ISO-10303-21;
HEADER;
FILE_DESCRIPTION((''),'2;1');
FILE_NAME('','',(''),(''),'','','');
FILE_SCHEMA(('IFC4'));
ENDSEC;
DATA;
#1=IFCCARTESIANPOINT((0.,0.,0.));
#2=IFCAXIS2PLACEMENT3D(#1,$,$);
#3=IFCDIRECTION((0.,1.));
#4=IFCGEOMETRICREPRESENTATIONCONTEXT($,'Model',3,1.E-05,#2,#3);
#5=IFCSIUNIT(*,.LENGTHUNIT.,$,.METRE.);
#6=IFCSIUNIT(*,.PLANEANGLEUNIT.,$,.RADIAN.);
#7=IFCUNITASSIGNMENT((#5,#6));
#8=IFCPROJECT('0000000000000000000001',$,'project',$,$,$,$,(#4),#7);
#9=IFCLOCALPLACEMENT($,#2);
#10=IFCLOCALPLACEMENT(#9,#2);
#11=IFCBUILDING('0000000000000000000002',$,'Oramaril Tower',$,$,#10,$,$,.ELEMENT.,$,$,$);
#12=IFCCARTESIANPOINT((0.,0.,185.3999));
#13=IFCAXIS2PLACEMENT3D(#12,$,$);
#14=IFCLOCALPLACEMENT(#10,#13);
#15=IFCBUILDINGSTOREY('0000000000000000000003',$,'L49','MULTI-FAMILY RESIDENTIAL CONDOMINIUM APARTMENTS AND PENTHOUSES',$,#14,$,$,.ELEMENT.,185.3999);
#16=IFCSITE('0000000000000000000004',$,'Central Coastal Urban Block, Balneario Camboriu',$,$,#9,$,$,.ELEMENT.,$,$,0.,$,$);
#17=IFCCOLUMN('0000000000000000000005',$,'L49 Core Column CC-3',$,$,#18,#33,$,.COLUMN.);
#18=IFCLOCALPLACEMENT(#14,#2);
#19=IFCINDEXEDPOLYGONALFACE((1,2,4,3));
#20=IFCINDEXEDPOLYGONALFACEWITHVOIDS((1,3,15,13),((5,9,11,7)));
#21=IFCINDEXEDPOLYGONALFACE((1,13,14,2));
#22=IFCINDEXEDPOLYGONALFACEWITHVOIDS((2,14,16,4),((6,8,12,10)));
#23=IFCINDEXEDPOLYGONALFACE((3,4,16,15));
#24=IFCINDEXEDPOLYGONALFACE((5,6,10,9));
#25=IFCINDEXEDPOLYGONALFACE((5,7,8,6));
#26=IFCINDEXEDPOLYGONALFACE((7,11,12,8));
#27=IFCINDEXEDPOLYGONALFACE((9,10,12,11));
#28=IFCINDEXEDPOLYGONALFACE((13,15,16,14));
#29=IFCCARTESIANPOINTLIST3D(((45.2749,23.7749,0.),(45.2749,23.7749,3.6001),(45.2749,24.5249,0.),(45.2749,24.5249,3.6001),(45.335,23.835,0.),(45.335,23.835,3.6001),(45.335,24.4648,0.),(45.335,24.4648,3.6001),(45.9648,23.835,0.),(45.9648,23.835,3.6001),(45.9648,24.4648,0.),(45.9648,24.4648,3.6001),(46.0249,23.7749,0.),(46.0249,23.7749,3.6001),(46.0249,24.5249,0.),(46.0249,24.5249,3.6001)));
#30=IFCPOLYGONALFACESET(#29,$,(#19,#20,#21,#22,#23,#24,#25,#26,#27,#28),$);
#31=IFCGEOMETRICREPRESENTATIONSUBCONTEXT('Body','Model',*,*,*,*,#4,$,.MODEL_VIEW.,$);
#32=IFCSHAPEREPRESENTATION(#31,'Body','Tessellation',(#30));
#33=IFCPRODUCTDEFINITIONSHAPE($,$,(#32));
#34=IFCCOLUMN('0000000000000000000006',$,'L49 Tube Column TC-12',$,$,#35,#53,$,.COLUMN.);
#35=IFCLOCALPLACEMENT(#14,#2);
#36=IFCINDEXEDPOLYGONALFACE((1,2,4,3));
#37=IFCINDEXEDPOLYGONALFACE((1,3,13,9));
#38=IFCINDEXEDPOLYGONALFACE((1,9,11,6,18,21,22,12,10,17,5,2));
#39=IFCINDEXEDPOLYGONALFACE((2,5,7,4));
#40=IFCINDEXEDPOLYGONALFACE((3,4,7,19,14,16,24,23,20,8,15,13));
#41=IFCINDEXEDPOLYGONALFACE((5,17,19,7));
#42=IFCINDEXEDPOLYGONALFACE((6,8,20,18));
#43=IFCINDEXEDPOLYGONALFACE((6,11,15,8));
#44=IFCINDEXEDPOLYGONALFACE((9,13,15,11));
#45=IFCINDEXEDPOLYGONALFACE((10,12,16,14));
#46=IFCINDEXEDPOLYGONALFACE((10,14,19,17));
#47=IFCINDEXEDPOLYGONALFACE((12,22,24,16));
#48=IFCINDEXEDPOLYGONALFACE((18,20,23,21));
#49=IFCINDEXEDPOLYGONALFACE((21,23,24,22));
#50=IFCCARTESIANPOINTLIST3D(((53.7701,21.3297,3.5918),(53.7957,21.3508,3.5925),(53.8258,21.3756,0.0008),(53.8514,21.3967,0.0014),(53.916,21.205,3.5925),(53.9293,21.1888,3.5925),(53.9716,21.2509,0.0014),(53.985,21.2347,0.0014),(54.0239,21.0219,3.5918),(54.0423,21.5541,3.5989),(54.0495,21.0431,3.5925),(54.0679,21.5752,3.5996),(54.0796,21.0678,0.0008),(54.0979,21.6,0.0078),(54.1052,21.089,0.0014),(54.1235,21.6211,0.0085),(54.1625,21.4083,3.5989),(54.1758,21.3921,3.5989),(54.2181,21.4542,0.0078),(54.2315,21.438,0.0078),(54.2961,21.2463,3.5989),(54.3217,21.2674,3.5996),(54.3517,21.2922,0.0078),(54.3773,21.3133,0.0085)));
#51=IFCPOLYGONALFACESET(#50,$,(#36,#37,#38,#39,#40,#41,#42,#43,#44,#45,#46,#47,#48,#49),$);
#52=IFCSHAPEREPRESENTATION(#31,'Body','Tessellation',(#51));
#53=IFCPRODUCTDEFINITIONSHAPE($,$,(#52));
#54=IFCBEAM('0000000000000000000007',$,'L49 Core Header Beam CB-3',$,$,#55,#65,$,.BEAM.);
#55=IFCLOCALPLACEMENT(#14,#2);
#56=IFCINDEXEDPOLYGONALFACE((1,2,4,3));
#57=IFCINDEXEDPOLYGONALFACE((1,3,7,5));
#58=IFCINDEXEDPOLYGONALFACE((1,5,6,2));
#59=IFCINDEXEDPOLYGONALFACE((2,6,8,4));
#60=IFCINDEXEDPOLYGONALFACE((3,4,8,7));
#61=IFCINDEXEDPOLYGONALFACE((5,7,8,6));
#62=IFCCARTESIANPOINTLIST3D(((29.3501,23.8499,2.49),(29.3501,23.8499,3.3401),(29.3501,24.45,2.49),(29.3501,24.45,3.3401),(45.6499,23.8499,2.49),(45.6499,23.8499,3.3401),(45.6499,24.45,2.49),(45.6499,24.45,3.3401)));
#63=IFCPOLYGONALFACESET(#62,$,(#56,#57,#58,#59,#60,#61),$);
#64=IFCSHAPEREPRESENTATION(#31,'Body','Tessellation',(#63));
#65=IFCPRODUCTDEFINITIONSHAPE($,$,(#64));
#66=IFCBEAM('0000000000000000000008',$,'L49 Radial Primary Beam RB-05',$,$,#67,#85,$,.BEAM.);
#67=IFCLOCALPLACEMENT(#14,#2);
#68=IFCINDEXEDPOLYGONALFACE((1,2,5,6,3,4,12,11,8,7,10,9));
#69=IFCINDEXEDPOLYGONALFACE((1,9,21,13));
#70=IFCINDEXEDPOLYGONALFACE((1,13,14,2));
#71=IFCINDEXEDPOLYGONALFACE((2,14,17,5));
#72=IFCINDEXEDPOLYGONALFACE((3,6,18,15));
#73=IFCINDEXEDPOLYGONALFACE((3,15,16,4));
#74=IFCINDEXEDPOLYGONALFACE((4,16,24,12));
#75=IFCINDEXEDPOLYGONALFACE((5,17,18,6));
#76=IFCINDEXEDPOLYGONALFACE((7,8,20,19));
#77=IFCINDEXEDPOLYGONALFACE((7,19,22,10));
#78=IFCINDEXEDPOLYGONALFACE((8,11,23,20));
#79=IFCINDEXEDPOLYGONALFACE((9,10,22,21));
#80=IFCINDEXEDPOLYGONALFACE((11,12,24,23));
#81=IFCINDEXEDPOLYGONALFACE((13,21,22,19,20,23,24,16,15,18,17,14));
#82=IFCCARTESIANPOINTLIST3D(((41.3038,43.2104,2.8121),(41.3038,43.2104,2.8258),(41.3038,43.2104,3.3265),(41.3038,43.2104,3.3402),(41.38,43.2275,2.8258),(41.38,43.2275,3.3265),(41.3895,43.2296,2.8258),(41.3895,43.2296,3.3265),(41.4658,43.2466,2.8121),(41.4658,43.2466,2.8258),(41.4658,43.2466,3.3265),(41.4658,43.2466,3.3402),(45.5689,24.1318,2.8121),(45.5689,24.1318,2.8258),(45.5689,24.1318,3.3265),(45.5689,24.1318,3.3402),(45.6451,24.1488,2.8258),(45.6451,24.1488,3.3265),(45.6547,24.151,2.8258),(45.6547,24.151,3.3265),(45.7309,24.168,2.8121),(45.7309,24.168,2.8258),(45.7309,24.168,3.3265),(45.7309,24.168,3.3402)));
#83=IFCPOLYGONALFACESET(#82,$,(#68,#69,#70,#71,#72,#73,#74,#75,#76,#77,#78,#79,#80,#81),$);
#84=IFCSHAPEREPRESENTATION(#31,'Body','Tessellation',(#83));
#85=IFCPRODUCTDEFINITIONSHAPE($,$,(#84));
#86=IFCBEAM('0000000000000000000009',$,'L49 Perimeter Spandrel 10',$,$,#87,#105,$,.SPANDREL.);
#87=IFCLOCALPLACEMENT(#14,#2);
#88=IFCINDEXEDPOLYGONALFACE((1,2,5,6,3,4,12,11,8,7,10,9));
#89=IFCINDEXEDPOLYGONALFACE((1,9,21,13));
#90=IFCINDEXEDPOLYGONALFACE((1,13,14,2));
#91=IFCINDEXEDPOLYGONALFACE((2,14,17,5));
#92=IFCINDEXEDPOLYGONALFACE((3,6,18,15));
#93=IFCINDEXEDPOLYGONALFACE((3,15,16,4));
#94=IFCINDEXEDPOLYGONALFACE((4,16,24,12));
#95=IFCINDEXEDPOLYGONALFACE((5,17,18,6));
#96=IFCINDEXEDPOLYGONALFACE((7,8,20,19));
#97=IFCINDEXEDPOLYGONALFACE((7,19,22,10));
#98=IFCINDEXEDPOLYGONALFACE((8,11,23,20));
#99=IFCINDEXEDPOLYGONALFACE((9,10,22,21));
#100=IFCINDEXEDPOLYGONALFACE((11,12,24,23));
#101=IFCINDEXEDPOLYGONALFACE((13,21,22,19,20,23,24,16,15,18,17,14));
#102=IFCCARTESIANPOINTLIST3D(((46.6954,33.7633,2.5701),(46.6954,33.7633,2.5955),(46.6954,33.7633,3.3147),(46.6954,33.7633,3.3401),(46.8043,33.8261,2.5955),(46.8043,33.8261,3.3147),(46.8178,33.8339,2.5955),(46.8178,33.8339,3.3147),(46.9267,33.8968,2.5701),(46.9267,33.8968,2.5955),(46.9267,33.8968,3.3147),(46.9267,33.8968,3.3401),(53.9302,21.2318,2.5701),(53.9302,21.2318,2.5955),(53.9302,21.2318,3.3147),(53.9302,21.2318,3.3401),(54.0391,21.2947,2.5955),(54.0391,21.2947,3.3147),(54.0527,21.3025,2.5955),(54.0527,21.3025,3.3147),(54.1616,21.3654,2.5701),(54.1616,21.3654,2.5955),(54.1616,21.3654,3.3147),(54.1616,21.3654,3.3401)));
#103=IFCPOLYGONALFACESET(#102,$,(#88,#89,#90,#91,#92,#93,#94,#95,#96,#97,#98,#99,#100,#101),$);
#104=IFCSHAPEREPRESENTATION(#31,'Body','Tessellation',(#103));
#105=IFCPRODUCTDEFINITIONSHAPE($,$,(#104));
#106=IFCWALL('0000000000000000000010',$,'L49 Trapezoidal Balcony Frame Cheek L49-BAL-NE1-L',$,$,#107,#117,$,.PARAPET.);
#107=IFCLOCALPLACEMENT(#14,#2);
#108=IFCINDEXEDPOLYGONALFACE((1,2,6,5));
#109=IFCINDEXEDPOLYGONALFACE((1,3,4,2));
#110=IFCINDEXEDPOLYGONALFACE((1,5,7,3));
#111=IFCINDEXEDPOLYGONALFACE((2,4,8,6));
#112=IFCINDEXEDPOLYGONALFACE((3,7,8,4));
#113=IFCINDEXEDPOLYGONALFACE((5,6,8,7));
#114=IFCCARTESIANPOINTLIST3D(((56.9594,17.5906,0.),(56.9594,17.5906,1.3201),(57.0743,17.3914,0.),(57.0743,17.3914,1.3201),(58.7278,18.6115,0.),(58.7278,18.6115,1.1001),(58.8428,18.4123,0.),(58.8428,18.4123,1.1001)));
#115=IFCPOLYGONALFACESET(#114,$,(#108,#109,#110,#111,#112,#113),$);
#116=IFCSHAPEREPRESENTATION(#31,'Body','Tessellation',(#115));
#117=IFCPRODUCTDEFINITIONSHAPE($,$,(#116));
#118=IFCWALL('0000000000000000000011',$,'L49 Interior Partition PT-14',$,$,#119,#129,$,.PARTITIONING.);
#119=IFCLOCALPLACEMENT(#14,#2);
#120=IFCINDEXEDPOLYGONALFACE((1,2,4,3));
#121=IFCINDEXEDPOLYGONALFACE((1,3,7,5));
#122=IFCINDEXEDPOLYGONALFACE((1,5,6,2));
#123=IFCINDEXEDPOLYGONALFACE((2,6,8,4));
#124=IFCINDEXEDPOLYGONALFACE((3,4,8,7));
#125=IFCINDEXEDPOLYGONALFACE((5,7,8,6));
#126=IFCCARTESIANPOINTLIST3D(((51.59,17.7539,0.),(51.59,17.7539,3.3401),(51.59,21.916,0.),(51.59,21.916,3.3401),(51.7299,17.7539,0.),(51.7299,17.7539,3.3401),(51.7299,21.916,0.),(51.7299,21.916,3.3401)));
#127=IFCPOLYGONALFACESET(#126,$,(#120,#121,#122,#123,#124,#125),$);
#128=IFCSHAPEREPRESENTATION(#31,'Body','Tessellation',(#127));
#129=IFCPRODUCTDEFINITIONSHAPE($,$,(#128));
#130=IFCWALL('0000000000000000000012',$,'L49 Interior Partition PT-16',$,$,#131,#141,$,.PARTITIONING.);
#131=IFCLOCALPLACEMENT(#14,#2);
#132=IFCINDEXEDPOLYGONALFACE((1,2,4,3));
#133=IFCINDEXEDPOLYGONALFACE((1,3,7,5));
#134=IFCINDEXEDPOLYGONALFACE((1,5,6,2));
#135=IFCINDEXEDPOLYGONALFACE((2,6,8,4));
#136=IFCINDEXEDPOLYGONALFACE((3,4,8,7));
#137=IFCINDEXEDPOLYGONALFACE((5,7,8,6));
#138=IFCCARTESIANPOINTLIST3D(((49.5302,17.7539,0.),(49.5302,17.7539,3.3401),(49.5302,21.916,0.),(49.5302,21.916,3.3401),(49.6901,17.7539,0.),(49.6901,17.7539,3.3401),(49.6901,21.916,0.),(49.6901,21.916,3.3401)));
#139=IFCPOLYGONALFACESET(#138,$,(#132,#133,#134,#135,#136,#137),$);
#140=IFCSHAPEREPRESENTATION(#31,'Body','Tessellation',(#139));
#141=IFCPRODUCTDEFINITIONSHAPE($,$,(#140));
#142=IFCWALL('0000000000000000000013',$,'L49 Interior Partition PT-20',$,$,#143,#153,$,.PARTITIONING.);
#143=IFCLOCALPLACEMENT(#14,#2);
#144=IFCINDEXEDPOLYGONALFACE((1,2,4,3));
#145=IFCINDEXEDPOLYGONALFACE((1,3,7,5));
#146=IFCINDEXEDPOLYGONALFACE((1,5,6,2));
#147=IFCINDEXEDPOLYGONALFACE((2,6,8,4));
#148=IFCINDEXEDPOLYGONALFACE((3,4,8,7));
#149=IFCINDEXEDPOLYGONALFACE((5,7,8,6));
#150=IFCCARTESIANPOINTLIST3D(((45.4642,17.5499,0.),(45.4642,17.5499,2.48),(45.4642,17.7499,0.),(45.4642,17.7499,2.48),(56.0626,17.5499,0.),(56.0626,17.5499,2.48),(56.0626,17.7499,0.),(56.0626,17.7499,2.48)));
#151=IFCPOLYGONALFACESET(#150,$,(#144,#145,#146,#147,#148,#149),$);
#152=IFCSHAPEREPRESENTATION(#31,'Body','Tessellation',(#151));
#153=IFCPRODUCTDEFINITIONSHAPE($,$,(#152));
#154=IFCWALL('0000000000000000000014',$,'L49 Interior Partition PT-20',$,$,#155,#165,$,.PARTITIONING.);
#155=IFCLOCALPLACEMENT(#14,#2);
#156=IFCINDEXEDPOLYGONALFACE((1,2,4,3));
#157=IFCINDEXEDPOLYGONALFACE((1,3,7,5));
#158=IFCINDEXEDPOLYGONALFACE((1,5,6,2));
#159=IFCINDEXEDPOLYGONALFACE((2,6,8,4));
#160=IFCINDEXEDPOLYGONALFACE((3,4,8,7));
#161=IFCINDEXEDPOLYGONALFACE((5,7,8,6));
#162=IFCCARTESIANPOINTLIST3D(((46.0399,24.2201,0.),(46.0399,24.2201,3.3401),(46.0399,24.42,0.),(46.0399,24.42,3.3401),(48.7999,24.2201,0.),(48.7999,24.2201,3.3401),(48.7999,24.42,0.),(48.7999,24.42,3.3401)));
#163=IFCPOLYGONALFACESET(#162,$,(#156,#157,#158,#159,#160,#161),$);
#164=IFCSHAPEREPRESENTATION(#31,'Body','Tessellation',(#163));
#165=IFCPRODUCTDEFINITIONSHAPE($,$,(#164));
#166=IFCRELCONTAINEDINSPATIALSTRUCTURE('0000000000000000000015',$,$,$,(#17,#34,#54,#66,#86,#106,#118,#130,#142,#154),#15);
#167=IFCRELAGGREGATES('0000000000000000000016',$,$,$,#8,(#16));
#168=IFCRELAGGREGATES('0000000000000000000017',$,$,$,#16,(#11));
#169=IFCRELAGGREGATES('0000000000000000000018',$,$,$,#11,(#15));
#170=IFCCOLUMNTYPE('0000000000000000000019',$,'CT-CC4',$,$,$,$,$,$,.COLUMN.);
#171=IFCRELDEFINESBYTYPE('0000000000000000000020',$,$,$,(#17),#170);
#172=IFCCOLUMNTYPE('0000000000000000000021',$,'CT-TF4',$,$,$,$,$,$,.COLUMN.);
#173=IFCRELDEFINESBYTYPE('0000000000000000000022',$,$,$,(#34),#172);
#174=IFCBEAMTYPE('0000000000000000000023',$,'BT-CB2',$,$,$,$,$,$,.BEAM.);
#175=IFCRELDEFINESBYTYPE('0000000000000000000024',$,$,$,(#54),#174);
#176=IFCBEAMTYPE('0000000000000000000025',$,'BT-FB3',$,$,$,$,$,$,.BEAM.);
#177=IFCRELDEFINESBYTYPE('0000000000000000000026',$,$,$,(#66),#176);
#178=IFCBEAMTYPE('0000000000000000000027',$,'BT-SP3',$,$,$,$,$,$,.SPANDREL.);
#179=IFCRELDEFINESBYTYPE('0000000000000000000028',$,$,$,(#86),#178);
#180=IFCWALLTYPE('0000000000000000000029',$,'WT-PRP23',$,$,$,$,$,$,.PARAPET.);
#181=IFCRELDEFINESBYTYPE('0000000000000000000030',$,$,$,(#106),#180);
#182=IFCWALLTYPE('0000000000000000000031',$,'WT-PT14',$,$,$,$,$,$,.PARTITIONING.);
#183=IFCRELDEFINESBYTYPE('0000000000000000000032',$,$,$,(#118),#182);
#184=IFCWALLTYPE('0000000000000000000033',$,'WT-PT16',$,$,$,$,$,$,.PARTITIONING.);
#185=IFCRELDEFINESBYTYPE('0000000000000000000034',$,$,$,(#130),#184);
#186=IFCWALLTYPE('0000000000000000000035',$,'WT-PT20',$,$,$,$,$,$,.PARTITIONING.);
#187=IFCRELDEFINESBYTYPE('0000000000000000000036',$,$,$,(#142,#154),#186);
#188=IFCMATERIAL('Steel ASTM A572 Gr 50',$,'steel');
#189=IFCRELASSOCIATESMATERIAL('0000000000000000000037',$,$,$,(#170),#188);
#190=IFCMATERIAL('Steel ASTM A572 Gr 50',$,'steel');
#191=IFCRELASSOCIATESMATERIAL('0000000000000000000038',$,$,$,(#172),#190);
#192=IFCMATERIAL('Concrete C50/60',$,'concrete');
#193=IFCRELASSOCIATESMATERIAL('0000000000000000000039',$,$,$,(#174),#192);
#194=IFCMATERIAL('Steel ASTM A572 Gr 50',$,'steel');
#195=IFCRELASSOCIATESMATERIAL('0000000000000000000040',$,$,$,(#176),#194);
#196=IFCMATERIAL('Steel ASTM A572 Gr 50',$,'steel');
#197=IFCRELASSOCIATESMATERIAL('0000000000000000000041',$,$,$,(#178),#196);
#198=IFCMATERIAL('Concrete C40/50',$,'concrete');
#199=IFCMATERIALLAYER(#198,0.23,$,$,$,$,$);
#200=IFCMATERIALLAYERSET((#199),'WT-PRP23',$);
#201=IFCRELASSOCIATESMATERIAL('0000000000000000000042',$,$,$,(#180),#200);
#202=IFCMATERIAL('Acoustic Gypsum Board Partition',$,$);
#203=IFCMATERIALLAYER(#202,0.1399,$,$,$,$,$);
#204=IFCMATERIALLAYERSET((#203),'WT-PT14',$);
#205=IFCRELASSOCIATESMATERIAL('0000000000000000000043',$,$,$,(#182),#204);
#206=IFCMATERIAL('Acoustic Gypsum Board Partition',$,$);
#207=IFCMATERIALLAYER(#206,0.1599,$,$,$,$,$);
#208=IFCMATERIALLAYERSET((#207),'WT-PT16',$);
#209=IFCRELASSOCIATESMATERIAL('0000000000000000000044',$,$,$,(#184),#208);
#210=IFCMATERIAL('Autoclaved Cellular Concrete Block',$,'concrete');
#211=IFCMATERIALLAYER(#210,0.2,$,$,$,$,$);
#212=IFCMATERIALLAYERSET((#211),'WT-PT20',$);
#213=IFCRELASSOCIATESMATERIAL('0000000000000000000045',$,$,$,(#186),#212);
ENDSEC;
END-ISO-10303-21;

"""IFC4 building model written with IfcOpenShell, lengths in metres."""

from ifc_helpers import new_model, si_unit, direction, frame, frame_2d, origin, origin_2d, place, context, subcontext, project, spatial, polyline, rectangle, hollow_rectangle, i_section, outline, extrude, material, layer, layer_set, material_profile, profile_set, type_object, element, save


model = new_model("IFC4")

# Units and contexts
model_context = context("Model", 3, precision=1e-05, world=origin(), true_north=direction((0.0, 1.0)))
body_context = subcontext(model_context, "Body", "Model", "MODEL_VIEW")
ifc_project = project(units=[si_unit("LENGTHUNIT", "METRE"), si_unit("PLANEANGLEUNIT", "RADIAN")], contexts=[model_context])

# Site, building, storey
site_placement = place(None, origin())
site = spatial("IfcSite", under=ifc_project, at=site_placement, Name="Central Coastal Urban Block, Balneario Camboriu", CompositionType="ELEMENT", RefElevation=0.0)
building_placement = place(site_placement, origin())
building = spatial("IfcBuilding", under=site, at=building_placement, Name="Oramaril Tower", CompositionType="ELEMENT")
storey_placement = place(building_placement, frame((0.0, 0.0, 185.3999)))
storey = spatial("IfcBuildingStorey", under=building, at=storey_placement, Name="L49", Description="MULTI-FAMILY RESIDENTIAL CONDOMINIUM APARTMENTS AND PENTHOUSES", CompositionType="ELEMENT", Elevation=185.3999)

# Columns
ifc_material_1 = material(Name="Steel ASTM A572 Gr 50", Category="steel")
ifc_material_profile_1 = material_profile(ifc_material_1, hollow_rectangle(XDim=0.75, YDim=0.75, WallThickness=0.0601, at=origin_2d()), Name="BOX750X750X60")
ifc_profile_set_1 = profile_set([ifc_material_profile_1], Name="Steel ASTM A572 Gr 50")
column_type_1 = type_object("IfcColumnType", Name="CT-CC4", PredefinedType="COLUMN", material=ifc_profile_set_1)
column_1_placement = place(storey_placement, frame((45.6499, 24.1499, 0.0), z_axis=(0.0, 0.0, 1.0), x_axis=(1.0, 0.0, 0.0)))
element("IfcColumn", 1, at=column_1_placement, inside=storey, type_object=column_type_1, Name="L49 Core Column CC-3", PredefinedType="COLUMN", context=body_context, shape_type="SweptSolid", body=[
    extrude(hollow_rectangle(XDim=0.75, YDim=0.75, WallThickness=0.0601, at=origin_2d()), origin(), (0.0, 0.0, 1.0), 3.6001),
])
ifc_material_2 = material(Name="Steel ASTM A572 Gr 50", Category="steel")
ifc_material_profile_2 = material_profile(ifc_material_2, i_section(OverallWidth=0.3989, OverallDepth=0.386, WebThickness=0.021, FlangeThickness=0.0332, at=origin_2d()), Name="W14X176")
ifc_profile_set_2 = profile_set([ifc_material_profile_2], Name="Steel ASTM A572 Gr 50")
column_type_2 = type_object("IfcColumnType", Name="CT-TF4", PredefinedType="COLUMN", material=ifc_profile_set_2)
column_2_placement = place(storey_placement, frame((54.1016, 21.3445, 0.0046), z_axis=(-0.015498, -0.012779, 0.999798), x_axis=(0.636182, -0.771539, 0.0)))
element("IfcColumn", 2, at=column_2_placement, inside=storey, type_object=column_type_2, Name="L49 Tube Column TC-12", PredefinedType="COLUMN", context=body_context, shape_type="SweptSolid", body=[
    extrude(i_section(OverallWidth=0.3989, OverallDepth=0.386, WebThickness=0.021, FlangeThickness=0.0332, at=origin_2d()), origin(), (0.0, 0.0, 1.0), 3.5918),
])

# Beams
ifc_material_3 = material(Name="Concrete C50/60", Category="concrete")
ifc_material_profile_3 = material_profile(ifc_material_3, rectangle(XDim=0.6001, YDim=0.8501, at=origin_2d()), Name="CB600X850")
ifc_profile_set_3 = profile_set([ifc_material_profile_3], Name="Concrete C50/60")
beam_type_1 = type_object("IfcBeamType", Name="BT-CB2", PredefinedType="BEAM", material=ifc_profile_set_3)
beam_1_placement = place(storey_placement, frame((45.6499, 24.1499, 2.915), z_axis=(-1.0, 0.0, 0.0), x_axis=(0.0, -1.0, 0.0)))
element("IfcBeam", 3, at=beam_1_placement, inside=storey, type_object=beam_type_1, Name="L49 Core Header Beam CB-3", PredefinedType="BEAM", context=body_context, shape_type="SweptSolid", body=[
    extrude(rectangle(XDim=0.6001, YDim=0.8501, at=origin_2d()), origin(), (0.0, 0.0, 1.0), 16.2998),
])
ifc_material_4 = material(Name="Steel ASTM A572 Gr 50", Category="steel")
ifc_material_profile_4 = material_profile(ifc_material_4, i_section(OverallWidth=0.166, OverallDepth=0.5281, WebThickness=0.0098, FlangeThickness=0.0137, at=origin_2d()), Name="W21X50")
ifc_profile_set_4 = profile_set([ifc_material_profile_4], Name="Steel ASTM A572 Gr 50")
beam_type_2 = type_object("IfcBeamType", Name="BT-FB3", PredefinedType="BEAM", material=ifc_profile_set_4)
beam_2_placement = place(storey_placement, frame((45.6499, 24.1499, 3.0762), z_axis=(-0.218171, 0.975911, 0.0), x_axis=(-0.975911, -0.218171, 0.0)))
element("IfcBeam", 4, at=beam_2_placement, inside=storey, type_object=beam_type_2, Name="L49 Radial Primary Beam RB-05", PredefinedType="BEAM", context=body_context, shape_type="SweptSolid", body=[
    extrude(i_section(OverallWidth=0.166, OverallDepth=0.5281, WebThickness=0.0098, FlangeThickness=0.0137, at=origin_2d()), origin(), (0.0, 0.0, 1.0), 19.5496),
])
ifc_material_5 = material(Name="Steel ASTM A572 Gr 50", Category="steel")
ifc_material_profile_5 = material_profile(ifc_material_5, i_section(OverallWidth=0.2671, OverallDepth=0.77, WebThickness=0.0156, FlangeThickness=0.0254, at=origin_2d()), Name="W30X132")
ifc_profile_set_5 = profile_set([ifc_material_profile_5], Name="Steel ASTM A572 Gr 50")
beam_type_3 = type_object("IfcBeamType", Name="BT-SP3", PredefinedType="SPANDREL", material=ifc_profile_set_5)
beam_3_placement = place(storey_placement, frame((54.0459, 21.2986, 2.9551), z_axis=(-0.49999, 0.866031, 0.0), x_axis=(-0.866031, -0.49999, 0.0)))
element("IfcBeam", 5, at=beam_3_placement, inside=storey, type_object=beam_type_3, Name="L49 Perimeter Spandrel 10", PredefinedType="SPANDREL", context=body_context, shape_type="SweptSolid", body=[
    extrude(i_section(OverallWidth=0.2671, OverallDepth=0.77, WebThickness=0.0156, FlangeThickness=0.0254, at=origin_2d()), origin(), (0.0, 0.0, 1.0), 14.47),
])

# Walls
ifc_material_6 = material(Name="Concrete C40/50", Category="concrete")
ifc_layer_1 = layer(ifc_material_6, 0.23)
ifc_layer_set_1 = layer_set([ifc_layer_1], Name="WT-PRP23")
wall_type_1 = type_object("IfcWallType", Name="WT-PRP23", PredefinedType="PARAPET", material=ifc_layer_set_1)
wall_1_placement = place(storey_placement, frame((57.0168, 17.491, 0.0), z_axis=(0.0, 0.0, 1.0), x_axis=(0.866042, 0.499971, 0.0)))
element("IfcWall", 6, at=wall_1_placement, inside=storey, type_object=wall_type_1, Name="L49 Trapezoidal Balcony Frame Cheek L49-BAL-NE1-L", PredefinedType="PARAPET", context=body_context, shape_type="SweptSolid", body=[
    extrude(outline(polyline([(0.0, 0.0), (2.042, 0.0), (2.042, 1.1001), (0.0, 1.3201), (0.0, 0.0)])), frame((0.0, 0.115, 0.0), z_axis=(0.0, -1.0, 0.0), x_axis=(1.0, 0.0, 0.0)), (0.0, 0.0, 1.0), 0.23),
])
ifc_material_7 = material(Name="Acoustic Gypsum Board Partition")
ifc_layer_2 = layer(ifc_material_7, 0.1399)
ifc_layer_set_2 = layer_set([ifc_layer_2], Name="WT-PT14")
wall_type_2 = type_object("IfcWallType", Name="WT-PT14", PredefinedType="PARTITIONING", material=ifc_layer_set_2)
wall_2_placement = place(storey_placement, frame((51.6599, 17.7539, 0.0), z_axis=(0.0, 0.0, 1.0), x_axis=(0.0, 1.0, 0.0)))
element("IfcWall", 7, at=wall_2_placement, inside=storey, type_object=wall_type_2, Name="L49 Interior Partition PT-14", PredefinedType="PARTITIONING", context=body_context, shape_type="SweptSolid", body=[
    extrude(rectangle(XDim=4.1621, YDim=0.1399, at=frame_2d((2.0811, 0.0))), origin(), (0.0, 0.0, 1.0), 3.3401),
])

# Shared definitions
ifc_material_8 = material(Name="Acoustic Gypsum Board Partition")
ifc_layer_3 = layer(ifc_material_8, 0.1599)
ifc_layer_set_3 = layer_set([ifc_layer_3], Name="WT-PT16")
wall_type_3 = type_object("IfcWallType", Name="WT-PT16", PredefinedType="PARTITIONING", material=ifc_layer_set_3)

# Walls
wall_3_placement = place(storey_placement, frame((49.6101, 17.7539, 0.0), z_axis=(0.0, 0.0, 1.0), x_axis=(0.0, 1.0, 0.0)))
element("IfcWall", 8, at=wall_3_placement, inside=storey, type_object=wall_type_3, Name="L49 Interior Partition PT-16", PredefinedType="PARTITIONING", context=body_context, shape_type="SweptSolid", body=[
    extrude(rectangle(XDim=4.1621, YDim=0.1599, at=frame_2d((2.0811, 0.0))), origin(), (0.0, 0.0, 1.0), 3.3401),
])
ifc_material_9 = material(Name="Autoclaved Cellular Concrete Block", Category="concrete")
ifc_layer_4 = layer(ifc_material_9, 0.2)
ifc_layer_set_4 = layer_set([ifc_layer_4], Name="WT-PT20")
wall_type_4 = type_object("IfcWallType", Name="WT-PT20", PredefinedType="PARTITIONING", material=ifc_layer_set_4)
wall_4_placement = place(storey_placement, frame((45.4641, 17.6499, 0.0), z_axis=(0.0, 0.0, 1.0), x_axis=(1.0, 0.0, 0.0)))
element("IfcWall", 9, at=wall_4_placement, inside=storey, type_object=wall_type_4, Name="L49 Interior Partition PT-20", PredefinedType="PARTITIONING", context=body_context, shape_type="SweptSolid", body=[
    extrude(rectangle(XDim=10.5984, YDim=0.2, at=frame_2d((5.2993, 0.0))), origin(), (0.0, 0.0, 1.0), 2.48),
])
wall_5_placement = place(storey_placement, frame((46.04, 24.3201, 0.0), z_axis=(0.0, 0.0, 1.0), x_axis=(1.0, 0.0, 0.0)))
element("IfcWall", 10, at=wall_5_placement, inside=storey, type_object=wall_type_4, Name="L49 Interior Partition PT-20", PredefinedType="PARTITIONING", context=body_context, shape_type="SweptSolid", body=[
    extrude(rectangle(XDim=2.76, YDim=0.2, at=frame_2d((1.3799, 0.0))), origin(), (0.0, 0.0, 1.0), 3.3401),
])

save(model, "model.ifc")
